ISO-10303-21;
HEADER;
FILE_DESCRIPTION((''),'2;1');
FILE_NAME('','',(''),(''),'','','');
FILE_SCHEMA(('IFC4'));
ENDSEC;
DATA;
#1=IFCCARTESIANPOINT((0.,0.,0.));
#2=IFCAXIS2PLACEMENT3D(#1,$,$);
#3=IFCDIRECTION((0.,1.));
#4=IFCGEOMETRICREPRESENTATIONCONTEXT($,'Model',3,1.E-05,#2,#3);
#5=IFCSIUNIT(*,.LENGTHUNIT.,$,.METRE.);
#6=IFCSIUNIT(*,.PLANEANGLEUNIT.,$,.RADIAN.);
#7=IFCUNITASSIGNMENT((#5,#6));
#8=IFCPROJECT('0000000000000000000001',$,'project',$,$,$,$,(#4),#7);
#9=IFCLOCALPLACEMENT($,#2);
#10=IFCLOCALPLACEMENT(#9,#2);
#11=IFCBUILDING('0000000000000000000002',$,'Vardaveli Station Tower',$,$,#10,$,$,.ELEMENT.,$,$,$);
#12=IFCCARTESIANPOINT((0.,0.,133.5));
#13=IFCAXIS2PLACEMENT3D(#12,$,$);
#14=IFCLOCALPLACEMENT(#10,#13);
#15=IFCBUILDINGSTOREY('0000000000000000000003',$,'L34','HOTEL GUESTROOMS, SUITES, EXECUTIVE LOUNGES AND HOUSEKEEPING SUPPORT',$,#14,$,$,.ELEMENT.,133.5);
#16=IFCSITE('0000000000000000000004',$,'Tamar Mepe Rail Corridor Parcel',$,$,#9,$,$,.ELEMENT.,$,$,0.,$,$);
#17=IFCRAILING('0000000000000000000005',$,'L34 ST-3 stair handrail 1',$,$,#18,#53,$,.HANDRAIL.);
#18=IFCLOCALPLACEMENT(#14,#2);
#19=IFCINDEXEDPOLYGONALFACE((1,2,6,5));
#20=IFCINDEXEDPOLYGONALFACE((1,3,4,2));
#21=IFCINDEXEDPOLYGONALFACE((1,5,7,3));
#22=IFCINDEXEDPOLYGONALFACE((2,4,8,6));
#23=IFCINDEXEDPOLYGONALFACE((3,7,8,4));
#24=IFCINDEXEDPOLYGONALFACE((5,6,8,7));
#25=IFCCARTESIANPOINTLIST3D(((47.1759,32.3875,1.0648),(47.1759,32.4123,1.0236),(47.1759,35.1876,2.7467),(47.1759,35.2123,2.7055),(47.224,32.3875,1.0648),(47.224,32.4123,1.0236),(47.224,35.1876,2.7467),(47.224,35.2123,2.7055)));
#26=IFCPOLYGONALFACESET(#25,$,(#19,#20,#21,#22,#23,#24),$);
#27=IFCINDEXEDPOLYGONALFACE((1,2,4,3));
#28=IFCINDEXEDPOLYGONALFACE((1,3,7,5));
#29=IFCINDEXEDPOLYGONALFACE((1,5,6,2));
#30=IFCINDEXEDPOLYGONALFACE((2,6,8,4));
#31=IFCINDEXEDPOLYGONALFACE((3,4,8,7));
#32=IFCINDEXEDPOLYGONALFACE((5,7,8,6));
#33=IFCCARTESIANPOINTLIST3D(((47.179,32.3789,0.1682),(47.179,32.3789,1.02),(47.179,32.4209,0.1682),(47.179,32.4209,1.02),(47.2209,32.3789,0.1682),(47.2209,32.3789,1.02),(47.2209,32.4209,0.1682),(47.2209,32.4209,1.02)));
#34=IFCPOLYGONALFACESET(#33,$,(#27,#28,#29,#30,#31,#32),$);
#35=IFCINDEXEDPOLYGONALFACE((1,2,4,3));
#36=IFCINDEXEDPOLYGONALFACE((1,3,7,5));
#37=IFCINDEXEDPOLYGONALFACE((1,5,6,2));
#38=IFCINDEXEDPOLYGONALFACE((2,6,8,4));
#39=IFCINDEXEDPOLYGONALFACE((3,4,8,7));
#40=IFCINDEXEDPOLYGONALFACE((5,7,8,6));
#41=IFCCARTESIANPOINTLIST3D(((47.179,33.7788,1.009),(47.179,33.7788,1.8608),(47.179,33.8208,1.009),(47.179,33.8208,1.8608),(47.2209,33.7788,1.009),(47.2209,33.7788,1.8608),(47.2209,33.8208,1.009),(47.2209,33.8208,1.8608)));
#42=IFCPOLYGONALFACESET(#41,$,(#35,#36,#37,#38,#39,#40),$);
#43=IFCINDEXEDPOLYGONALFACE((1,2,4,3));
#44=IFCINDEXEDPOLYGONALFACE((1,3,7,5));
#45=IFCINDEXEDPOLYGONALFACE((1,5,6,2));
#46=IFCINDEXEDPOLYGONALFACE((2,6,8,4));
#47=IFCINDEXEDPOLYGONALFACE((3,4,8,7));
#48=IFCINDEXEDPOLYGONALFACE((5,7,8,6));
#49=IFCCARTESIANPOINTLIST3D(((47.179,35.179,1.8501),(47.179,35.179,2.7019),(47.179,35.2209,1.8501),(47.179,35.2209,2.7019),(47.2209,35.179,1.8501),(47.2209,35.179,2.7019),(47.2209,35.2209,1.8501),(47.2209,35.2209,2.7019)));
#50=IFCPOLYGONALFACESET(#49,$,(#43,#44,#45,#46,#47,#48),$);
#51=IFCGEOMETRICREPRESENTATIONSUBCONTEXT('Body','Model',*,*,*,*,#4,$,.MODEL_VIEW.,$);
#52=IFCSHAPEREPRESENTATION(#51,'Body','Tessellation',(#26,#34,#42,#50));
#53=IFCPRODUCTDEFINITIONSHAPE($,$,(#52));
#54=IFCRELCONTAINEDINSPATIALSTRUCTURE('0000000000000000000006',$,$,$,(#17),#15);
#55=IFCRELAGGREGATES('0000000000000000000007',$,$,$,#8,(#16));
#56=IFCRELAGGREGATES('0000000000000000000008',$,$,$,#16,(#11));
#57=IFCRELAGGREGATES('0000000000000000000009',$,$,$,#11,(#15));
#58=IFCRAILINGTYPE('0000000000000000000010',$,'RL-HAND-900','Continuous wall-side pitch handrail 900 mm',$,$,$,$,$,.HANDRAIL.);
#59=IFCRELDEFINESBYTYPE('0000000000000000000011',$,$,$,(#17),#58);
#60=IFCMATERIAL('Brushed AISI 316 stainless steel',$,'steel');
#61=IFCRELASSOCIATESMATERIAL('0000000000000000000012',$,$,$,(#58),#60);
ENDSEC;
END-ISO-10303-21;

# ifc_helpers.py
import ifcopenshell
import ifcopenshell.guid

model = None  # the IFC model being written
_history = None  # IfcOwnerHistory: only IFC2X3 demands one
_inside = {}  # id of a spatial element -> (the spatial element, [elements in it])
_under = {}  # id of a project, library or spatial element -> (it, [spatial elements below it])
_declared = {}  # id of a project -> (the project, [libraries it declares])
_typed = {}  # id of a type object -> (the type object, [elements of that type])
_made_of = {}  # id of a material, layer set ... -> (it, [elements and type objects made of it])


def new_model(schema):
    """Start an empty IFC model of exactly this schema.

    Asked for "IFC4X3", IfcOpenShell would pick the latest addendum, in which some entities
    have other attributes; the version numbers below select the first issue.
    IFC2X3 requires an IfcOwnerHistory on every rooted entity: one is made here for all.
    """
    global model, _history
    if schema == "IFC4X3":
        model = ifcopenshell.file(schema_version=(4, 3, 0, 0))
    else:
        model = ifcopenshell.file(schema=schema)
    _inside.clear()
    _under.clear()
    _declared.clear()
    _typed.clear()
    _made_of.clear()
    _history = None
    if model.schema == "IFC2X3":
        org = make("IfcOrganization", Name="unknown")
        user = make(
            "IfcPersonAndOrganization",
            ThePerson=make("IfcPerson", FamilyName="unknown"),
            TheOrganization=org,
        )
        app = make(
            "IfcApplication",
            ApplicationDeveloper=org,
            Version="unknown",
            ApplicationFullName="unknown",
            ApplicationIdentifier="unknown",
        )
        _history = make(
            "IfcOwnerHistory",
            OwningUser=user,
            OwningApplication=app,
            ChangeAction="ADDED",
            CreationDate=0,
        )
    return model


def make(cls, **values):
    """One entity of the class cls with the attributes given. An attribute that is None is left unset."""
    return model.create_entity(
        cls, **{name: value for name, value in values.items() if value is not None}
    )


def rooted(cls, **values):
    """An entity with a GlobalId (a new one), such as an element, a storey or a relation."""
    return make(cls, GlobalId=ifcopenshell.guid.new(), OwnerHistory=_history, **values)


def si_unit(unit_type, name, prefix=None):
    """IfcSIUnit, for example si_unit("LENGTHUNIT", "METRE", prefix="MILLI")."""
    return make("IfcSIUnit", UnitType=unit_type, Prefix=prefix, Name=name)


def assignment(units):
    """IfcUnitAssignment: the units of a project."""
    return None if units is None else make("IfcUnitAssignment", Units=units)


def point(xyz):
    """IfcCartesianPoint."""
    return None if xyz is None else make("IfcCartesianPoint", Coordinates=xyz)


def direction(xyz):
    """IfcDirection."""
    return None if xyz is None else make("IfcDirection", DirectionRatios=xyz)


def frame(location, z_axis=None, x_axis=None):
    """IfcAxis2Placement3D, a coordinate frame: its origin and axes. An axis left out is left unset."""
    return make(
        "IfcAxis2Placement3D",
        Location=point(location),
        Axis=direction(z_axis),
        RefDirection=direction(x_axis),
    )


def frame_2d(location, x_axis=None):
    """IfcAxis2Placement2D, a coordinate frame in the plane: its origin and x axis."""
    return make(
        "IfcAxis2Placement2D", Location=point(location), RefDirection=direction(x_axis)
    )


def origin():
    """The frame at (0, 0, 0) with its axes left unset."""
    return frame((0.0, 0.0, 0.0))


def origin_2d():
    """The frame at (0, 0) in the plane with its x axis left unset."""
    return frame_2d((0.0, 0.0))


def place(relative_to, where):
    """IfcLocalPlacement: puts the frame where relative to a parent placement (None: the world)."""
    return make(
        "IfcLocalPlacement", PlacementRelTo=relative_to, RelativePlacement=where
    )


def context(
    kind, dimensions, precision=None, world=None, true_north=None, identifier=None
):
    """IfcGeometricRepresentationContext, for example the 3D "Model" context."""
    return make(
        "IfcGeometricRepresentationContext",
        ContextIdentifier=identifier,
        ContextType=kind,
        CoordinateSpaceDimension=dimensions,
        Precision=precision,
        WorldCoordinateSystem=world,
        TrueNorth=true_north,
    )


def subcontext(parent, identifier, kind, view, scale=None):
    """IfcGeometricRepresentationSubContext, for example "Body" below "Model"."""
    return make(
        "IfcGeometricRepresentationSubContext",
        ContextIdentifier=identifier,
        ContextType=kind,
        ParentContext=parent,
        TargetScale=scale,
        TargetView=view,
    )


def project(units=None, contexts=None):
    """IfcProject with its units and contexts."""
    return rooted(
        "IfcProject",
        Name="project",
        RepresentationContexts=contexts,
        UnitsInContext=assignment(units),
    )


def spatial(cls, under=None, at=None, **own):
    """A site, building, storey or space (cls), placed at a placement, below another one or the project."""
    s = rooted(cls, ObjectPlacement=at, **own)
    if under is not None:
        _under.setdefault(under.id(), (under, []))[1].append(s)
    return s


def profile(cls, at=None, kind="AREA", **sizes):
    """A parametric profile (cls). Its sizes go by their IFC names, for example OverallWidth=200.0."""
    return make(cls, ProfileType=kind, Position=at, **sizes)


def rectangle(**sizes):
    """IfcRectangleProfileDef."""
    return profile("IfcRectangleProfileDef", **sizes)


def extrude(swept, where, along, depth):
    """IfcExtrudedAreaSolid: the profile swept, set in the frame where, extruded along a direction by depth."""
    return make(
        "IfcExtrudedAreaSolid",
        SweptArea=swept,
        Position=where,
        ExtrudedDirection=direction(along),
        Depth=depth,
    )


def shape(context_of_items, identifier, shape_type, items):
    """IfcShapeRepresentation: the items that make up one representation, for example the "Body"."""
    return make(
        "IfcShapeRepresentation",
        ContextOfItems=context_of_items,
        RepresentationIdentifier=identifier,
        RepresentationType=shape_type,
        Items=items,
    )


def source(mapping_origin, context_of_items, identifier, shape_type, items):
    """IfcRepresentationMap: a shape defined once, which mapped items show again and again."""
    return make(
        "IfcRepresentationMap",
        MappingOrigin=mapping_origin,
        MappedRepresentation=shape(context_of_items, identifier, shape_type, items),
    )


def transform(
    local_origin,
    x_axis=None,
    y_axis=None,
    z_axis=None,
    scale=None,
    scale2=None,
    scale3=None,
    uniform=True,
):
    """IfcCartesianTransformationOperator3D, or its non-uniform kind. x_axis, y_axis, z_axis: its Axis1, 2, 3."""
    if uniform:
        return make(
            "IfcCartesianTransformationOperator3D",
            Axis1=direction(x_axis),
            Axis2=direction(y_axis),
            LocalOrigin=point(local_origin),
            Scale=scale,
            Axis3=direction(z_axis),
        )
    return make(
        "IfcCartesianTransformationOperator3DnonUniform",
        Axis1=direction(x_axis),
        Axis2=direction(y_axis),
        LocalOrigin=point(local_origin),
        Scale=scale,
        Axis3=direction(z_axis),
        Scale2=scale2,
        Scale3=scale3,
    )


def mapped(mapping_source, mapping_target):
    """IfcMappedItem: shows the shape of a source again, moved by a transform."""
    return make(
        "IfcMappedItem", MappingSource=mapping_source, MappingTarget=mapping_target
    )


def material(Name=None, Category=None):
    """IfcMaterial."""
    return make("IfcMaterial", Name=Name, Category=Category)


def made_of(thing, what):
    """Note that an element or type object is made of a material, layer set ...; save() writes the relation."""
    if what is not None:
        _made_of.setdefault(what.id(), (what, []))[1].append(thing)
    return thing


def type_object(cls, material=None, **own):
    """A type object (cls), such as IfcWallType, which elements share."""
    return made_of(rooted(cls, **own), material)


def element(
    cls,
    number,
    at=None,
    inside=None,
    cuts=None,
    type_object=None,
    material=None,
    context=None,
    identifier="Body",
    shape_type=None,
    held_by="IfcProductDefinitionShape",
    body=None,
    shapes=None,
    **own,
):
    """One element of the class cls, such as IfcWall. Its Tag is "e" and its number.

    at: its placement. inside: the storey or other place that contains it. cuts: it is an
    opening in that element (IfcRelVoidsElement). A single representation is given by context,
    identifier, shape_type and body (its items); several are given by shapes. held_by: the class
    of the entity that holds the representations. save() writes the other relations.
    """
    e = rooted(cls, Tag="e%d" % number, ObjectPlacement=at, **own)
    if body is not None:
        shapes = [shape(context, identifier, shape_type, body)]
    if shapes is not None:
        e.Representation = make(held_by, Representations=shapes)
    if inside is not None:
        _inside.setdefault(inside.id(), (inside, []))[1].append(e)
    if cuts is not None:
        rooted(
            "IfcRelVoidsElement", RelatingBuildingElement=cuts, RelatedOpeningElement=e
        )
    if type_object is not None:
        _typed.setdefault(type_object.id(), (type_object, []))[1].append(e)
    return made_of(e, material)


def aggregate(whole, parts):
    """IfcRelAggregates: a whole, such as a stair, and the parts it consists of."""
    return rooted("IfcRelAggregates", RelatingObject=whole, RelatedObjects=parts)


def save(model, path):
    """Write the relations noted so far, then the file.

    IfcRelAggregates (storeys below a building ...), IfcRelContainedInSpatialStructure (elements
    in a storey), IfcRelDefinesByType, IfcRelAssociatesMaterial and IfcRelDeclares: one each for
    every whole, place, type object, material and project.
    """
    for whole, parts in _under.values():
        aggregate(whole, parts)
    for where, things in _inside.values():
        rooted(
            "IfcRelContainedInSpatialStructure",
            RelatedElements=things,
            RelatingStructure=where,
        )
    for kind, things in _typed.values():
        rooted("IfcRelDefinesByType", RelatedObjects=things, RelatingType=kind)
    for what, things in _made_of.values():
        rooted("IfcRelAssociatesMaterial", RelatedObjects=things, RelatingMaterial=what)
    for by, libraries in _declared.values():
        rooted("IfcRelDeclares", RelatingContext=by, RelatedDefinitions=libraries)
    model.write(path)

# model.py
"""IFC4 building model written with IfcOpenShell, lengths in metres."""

from ifc_helpers import new_model, si_unit, direction, frame, origin, origin_2d, place, context, subcontext, project, spatial, rectangle, extrude, source, transform, mapped, material, type_object, element, save


model = new_model("IFC4")

# Units and contexts
model_context = context("Model", 3, precision=1e-05, world=origin(), true_north=direction((0.0, 1.0)))
body_context = subcontext(model_context, "Body", "Model", "MODEL_VIEW")
ifc_project = project(units=[si_unit("LENGTHUNIT", "METRE"), si_unit("PLANEANGLEUNIT", "RADIAN")], contexts=[model_context])

# Site, building, storey
site_placement = place(None, origin())
site = spatial("IfcSite", under=ifc_project, at=site_placement, Name="Tamar Mepe Rail Corridor Parcel", CompositionType="ELEMENT", RefElevation=0.0)
building_placement = place(site_placement, origin())
building = spatial("IfcBuilding", under=site, at=building_placement, Name="Vardaveli Station Tower", CompositionType="ELEMENT")
storey_placement = place(building_placement, frame((0.0, 0.0, 133.5)))
storey = spatial("IfcBuildingStorey", under=building, at=storey_placement, Name="L34", Description="HOTEL GUESTROOMS, SUITES, EXECUTIVE LOUNGES AND HOUSEKEEPING SUPPORT", CompositionType="ELEMENT", Elevation=133.5)

# Railing
ifc_material_1 = material(Name="Brushed AISI 316 stainless steel", Category="steel")
railing_type_1 = type_object("IfcRailingType", Name="RL-HAND-900", Description="Continuous wall-side pitch handrail 900 mm", PredefinedType="HANDRAIL", material=ifc_material_1)
shared_shape_1 = source(origin(), body_context, "Body", "SweptSolid", [
    extrude(rectangle(XDim=0.0481, YDim=0.0481, at=origin_2d()), frame((0.0, 0.0, 0.876), z_axis=(0.0, 0.857242, 0.514913), x_axis=(-1.0, 0.0, 0.0)), (0.0, 0.0, 1.0), 3.2664),
    extrude(rectangle(XDim=0.042, YDim=0.042, at=origin_2d()), origin(), (0.0, 0.0, 1.0), 0.8518),
    extrude(rectangle(XDim=0.042, YDim=0.042, at=origin_2d()), frame((0.0, 1.3999, 0.8408)), (0.0, 0.0, 1.0), 0.8518),
    extrude(rectangle(XDim=0.042, YDim=0.042, at=origin_2d()), frame((0.0, 2.8, 1.6819)), (0.0, 0.0, 1.0), 0.8518),
])
railing_1_placement = place(storey_placement, frame((47.2, 32.3999, 0.1682)))
element("IfcRailing", 1, at=railing_1_placement, inside=storey, type_object=railing_type_1, Name="L34 ST-3 stair handrail 1", PredefinedType="HANDRAIL", context=body_context, shape_type="MappedRepresentation", body=[
    mapped(shared_shape_1, transform((0.0, 0.0, 0.0), scale=1.0)),
])

save(model, "model.ifc")
